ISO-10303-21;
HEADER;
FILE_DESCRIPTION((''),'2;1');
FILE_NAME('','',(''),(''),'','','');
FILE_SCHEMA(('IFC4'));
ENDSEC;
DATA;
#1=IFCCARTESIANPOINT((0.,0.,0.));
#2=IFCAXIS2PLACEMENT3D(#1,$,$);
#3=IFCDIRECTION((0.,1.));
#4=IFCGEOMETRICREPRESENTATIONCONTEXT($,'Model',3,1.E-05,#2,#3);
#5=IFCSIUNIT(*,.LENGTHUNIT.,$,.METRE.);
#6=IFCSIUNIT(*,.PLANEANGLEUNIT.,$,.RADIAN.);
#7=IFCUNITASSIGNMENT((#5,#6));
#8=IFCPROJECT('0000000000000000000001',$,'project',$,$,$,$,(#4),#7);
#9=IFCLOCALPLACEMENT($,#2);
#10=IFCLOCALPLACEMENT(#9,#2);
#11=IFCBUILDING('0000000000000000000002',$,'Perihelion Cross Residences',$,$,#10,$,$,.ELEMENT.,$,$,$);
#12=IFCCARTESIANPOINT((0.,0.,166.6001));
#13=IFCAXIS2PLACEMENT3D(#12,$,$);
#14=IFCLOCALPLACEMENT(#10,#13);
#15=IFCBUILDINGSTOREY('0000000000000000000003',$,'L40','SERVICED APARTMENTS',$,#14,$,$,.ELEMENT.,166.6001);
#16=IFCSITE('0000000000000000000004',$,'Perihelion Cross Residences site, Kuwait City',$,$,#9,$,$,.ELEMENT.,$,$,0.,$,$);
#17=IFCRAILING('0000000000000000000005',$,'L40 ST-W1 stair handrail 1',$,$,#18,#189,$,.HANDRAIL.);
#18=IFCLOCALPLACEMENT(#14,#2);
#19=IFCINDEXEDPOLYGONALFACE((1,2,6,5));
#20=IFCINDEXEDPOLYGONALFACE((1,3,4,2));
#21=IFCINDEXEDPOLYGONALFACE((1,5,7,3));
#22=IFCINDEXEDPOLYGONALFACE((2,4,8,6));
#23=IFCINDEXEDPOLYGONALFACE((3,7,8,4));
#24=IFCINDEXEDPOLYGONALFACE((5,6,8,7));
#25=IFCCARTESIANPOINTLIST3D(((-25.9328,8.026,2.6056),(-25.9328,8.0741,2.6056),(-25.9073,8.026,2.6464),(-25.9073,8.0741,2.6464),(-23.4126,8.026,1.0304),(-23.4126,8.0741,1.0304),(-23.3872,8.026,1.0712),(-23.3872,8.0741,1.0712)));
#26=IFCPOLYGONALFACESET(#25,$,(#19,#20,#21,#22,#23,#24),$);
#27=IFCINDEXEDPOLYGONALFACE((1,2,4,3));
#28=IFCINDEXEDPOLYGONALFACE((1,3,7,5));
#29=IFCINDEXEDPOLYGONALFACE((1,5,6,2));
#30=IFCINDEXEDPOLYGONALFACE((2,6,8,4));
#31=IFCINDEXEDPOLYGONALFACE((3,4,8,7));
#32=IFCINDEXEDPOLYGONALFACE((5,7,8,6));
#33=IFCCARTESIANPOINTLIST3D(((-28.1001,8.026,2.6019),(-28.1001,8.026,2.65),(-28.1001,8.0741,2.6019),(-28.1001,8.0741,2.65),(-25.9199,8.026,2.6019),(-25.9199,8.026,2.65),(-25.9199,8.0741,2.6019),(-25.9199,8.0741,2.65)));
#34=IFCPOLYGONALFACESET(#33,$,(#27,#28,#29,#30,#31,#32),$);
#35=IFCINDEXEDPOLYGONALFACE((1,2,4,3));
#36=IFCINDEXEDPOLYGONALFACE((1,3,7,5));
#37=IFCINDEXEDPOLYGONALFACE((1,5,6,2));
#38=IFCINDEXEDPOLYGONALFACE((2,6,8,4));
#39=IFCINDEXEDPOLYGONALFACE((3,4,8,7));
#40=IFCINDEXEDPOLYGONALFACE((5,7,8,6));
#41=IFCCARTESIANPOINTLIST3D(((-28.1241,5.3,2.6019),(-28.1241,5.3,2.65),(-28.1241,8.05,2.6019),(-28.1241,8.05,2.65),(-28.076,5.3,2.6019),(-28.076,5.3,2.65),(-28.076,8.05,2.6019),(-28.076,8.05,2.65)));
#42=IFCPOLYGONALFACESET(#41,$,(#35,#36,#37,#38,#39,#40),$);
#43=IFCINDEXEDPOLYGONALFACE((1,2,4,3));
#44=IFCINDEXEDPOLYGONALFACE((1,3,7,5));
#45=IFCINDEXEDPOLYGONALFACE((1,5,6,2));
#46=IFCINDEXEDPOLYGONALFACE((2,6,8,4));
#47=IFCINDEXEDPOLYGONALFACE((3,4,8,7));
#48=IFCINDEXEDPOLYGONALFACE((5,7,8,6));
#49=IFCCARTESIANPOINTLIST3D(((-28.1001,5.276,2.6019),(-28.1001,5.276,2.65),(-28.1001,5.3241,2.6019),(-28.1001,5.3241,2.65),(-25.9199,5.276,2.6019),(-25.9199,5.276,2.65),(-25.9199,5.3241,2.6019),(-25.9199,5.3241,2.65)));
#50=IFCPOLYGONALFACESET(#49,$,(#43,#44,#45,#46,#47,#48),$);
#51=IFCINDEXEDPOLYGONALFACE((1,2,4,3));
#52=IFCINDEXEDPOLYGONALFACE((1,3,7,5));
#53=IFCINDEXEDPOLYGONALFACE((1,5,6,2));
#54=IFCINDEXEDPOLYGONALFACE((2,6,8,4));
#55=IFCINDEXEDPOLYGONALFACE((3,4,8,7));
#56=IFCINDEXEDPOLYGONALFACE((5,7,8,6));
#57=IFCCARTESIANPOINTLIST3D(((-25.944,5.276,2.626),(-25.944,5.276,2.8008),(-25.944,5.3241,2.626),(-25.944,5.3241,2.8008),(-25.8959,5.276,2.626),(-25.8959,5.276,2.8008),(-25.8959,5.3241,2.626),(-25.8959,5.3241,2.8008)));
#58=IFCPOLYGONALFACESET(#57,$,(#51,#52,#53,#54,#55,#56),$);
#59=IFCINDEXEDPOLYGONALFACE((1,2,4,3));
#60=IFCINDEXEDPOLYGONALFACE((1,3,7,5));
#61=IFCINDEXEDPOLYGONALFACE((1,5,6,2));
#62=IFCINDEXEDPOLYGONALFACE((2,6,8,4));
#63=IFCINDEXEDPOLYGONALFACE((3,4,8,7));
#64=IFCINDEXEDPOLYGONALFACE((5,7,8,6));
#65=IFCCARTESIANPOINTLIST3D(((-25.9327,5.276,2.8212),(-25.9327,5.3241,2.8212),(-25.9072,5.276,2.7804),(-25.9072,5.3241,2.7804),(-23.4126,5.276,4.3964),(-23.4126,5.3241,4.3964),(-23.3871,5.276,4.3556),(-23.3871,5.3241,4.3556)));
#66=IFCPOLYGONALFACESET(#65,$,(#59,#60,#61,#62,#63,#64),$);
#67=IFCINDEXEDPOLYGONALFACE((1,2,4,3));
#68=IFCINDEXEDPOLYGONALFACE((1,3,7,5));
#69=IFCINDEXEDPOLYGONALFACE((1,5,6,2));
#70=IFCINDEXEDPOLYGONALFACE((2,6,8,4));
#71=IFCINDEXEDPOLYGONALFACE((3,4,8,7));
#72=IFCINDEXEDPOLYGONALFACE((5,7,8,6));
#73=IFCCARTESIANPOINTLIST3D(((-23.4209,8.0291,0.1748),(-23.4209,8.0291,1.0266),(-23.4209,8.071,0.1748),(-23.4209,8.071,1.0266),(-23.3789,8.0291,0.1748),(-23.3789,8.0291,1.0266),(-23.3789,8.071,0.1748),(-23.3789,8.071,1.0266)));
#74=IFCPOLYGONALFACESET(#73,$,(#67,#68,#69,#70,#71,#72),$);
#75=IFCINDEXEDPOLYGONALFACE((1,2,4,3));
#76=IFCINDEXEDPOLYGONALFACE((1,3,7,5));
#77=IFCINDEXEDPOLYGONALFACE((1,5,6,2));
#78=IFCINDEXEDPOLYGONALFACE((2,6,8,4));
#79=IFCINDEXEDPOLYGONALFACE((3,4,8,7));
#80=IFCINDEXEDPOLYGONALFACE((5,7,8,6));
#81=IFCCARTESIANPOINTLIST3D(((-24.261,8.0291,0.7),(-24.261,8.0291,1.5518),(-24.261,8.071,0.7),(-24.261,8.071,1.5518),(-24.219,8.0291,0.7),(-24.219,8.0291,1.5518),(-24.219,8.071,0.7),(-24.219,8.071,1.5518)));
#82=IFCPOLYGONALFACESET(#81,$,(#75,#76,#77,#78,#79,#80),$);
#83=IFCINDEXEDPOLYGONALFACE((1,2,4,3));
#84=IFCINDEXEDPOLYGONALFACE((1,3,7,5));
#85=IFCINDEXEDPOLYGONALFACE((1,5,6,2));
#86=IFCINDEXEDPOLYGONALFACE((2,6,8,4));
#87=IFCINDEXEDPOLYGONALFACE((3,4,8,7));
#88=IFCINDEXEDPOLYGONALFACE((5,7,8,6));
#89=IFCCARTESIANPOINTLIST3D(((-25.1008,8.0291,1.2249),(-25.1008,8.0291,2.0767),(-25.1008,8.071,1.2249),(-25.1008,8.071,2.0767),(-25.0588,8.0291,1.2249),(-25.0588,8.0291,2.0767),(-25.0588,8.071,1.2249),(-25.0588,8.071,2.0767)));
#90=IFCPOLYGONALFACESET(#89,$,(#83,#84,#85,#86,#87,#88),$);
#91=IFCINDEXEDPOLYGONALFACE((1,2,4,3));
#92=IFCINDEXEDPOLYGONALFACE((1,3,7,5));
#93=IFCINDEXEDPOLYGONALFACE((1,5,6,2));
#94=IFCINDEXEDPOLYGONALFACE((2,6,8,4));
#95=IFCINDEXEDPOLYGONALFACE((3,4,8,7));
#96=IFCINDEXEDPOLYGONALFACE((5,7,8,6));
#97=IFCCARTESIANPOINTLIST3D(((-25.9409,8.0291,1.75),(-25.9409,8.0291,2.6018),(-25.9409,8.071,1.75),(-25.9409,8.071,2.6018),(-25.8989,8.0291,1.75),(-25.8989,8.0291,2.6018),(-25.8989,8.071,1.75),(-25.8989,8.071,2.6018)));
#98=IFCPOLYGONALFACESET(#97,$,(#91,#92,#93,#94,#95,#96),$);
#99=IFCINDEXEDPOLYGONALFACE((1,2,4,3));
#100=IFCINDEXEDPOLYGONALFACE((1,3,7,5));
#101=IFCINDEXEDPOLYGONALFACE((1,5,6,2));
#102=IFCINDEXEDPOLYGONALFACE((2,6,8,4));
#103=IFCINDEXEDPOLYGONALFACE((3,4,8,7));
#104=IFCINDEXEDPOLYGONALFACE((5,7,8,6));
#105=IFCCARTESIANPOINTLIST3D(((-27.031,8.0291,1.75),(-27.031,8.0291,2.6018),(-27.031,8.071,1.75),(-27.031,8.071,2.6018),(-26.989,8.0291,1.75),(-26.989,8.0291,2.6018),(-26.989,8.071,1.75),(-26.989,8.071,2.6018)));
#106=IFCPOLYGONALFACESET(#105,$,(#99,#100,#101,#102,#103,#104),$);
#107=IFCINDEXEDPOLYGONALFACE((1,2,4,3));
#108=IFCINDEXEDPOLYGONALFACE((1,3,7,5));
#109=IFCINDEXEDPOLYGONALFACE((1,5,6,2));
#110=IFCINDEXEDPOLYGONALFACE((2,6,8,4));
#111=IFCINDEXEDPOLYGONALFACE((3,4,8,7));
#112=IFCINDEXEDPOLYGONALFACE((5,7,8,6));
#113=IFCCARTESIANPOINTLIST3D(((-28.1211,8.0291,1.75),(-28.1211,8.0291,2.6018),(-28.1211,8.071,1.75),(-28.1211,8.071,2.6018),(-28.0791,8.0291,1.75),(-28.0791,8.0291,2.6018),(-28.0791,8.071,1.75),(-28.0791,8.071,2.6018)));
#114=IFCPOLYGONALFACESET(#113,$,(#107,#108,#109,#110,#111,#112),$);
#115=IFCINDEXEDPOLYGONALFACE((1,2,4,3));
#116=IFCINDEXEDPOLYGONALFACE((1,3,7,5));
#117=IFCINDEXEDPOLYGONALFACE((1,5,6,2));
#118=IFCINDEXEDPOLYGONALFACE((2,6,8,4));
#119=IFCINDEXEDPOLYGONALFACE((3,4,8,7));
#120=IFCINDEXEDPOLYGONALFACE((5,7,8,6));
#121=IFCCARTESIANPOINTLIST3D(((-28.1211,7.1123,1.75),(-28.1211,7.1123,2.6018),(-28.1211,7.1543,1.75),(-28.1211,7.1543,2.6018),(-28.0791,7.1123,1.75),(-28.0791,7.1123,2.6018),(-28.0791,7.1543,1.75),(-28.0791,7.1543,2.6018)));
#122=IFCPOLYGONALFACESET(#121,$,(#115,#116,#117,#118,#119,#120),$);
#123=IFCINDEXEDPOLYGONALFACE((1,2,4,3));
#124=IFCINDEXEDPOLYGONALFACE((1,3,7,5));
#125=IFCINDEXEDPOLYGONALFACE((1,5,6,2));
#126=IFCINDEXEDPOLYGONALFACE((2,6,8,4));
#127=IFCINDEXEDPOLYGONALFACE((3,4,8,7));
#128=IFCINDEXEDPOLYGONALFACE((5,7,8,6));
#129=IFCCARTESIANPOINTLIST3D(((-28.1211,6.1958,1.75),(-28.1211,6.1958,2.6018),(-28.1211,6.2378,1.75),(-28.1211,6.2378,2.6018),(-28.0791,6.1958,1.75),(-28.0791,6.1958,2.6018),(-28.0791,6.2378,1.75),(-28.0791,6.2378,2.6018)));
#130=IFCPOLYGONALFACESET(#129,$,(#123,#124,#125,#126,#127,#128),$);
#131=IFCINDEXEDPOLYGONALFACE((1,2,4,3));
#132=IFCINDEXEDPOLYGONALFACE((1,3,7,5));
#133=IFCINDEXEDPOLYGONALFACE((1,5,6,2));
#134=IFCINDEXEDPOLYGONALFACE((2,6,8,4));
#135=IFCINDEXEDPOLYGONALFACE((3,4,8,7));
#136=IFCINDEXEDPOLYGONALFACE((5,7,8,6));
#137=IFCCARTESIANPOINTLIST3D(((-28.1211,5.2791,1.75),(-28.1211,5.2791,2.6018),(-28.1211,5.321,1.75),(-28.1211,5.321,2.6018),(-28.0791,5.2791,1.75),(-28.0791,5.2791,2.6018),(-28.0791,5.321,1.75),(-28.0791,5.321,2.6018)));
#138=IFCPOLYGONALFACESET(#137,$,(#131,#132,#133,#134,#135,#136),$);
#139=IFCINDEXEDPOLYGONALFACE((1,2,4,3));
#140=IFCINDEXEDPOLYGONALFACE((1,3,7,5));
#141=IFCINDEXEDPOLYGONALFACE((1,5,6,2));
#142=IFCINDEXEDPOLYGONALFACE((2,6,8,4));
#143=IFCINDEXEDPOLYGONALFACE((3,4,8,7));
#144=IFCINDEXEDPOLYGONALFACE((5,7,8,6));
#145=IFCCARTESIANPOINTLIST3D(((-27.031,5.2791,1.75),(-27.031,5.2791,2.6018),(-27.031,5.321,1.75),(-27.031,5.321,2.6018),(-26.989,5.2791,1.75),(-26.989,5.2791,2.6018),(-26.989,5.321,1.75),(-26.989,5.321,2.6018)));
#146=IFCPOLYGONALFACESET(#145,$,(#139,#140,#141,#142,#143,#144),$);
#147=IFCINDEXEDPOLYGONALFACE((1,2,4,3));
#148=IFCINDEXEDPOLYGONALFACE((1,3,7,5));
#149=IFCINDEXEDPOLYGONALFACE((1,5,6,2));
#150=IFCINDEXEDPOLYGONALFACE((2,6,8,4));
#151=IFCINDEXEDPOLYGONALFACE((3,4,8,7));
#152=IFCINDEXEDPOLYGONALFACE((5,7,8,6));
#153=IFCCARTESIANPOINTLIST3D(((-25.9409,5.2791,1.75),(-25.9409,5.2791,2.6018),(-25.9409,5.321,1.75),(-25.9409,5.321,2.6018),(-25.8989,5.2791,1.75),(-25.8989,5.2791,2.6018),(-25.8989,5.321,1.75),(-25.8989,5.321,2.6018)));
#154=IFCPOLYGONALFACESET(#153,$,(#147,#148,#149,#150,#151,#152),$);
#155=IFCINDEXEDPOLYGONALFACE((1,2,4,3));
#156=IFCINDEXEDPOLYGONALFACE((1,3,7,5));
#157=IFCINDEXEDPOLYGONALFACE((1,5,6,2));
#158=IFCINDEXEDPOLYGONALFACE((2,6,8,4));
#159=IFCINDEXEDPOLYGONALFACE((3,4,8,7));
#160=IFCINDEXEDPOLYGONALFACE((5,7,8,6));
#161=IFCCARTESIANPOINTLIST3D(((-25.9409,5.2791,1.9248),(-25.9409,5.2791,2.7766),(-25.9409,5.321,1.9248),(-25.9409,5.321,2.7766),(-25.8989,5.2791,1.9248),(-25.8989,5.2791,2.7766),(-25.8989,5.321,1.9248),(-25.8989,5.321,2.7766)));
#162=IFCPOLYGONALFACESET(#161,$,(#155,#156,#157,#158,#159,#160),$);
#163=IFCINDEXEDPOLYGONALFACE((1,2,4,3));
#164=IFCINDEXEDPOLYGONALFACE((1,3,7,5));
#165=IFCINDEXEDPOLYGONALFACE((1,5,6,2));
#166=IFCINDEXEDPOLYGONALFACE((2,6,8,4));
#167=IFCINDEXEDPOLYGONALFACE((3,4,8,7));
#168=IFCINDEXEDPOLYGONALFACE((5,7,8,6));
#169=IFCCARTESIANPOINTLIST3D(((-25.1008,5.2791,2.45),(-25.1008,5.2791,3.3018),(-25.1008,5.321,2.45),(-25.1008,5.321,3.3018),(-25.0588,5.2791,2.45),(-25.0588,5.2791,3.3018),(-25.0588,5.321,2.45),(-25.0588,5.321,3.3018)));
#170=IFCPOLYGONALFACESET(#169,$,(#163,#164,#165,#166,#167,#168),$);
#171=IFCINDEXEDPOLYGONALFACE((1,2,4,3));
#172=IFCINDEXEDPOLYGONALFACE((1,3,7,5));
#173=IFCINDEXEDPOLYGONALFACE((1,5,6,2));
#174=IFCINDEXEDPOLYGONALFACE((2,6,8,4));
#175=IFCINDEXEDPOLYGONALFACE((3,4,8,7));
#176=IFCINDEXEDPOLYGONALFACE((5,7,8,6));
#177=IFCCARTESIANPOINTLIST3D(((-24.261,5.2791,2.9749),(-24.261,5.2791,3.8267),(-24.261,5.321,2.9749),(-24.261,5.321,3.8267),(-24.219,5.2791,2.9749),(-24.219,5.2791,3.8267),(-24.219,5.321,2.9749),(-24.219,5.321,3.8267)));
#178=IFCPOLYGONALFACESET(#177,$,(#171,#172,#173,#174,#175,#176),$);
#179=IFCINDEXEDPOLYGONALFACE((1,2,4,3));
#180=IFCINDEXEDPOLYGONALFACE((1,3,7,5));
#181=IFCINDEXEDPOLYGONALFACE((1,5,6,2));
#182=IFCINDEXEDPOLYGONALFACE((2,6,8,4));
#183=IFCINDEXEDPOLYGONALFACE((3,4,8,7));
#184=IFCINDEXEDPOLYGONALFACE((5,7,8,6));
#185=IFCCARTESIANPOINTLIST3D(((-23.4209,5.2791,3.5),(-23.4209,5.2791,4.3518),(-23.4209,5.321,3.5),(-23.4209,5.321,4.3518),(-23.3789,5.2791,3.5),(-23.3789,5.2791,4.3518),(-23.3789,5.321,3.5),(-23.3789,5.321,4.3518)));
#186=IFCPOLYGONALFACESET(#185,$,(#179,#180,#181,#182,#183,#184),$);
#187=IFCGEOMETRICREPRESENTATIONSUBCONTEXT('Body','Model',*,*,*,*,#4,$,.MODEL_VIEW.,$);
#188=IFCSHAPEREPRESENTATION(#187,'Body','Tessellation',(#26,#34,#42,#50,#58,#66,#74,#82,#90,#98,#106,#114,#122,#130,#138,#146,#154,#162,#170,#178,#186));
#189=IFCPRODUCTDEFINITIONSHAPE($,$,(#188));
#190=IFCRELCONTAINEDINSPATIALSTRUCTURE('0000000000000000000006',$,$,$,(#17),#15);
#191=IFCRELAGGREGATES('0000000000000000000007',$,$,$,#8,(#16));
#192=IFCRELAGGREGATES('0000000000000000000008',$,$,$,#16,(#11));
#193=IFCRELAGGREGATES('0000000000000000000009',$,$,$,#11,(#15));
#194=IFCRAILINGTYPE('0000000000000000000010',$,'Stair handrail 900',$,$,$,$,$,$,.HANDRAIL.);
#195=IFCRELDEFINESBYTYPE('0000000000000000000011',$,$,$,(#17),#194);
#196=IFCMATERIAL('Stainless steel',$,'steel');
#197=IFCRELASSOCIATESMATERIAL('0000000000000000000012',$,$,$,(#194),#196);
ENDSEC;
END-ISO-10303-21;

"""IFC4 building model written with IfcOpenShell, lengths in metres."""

from ifc_helpers import new_model, si_unit, direction, frame, origin, origin_2d, place, context, subcontext, project, spatial, rectangle, extrude, material, type_object, element, save


model = new_model("IFC4")

# Units and contexts
model_context = context("Model", 3, precision=1e-05, world=origin(), true_north=direction((0.0, 1.0)))
body_context = subcontext(model_context, "Body", "Model", "MODEL_VIEW")
ifc_project = project(units=[si_unit("LENGTHUNIT", "METRE"), si_unit("PLANEANGLEUNIT", "RADIAN")], contexts=[model_context])

# Site, building, storey
site_placement = place(None, origin())
site = spatial("IfcSite", under=ifc_project, at=site_placement, Name="Perihelion Cross Residences site, Kuwait City", CompositionType="ELEMENT", RefElevation=0.0)
building_placement = place(site_placement, origin())
building = spatial("IfcBuilding", under=site, at=building_placement, Name="Perihelion Cross Residences", CompositionType="ELEMENT")
storey_placement = place(building_placement, frame((0.0, 0.0, 166.6001)))
storey = spatial("IfcBuildingStorey", under=building, at=storey_placement, Name="L40", Description="SERVICED APARTMENTS", CompositionType="ELEMENT", Elevation=166.6001)

# Railing
ifc_material_1 = material(Name="Stainless steel", Category="steel")
railing_type_1 = type_object("IfcRailingType", Name="Stair handrail 900", PredefinedType="HANDRAIL", material=ifc_material_1)
railing_1_placement = place(storey_placement, frame((-23.3999, 8.05, 0.1748)))
element("IfcRailing", 1, at=railing_1_placement, inside=storey, type_object=railing_type_1, Name="L40 ST-W1 stair handrail 1", PredefinedType="HANDRAIL", context=body_context, shape_type="SweptSolid", body=[
    extrude(rectangle(XDim=0.0481, YDim=0.0481, at=origin_2d()), frame((0.0, 0.0, 0.876), z_axis=(-0.847971, 0.0, 0.530043), x_axis=(0.0, -1.0, 0.0)), (0.0, 0.0, 1.0), 2.9719),
    extrude(rectangle(XDim=0.0481, YDim=0.0481, at=origin_2d()), frame((-2.52, 0.0, 2.4512), z_axis=(-1.0, 0.0, 0.0), x_axis=(0.0, -1.0, 0.0)), (0.0, 0.0, 1.0), 2.1802),
    extrude(rectangle(XDim=0.0481, YDim=0.0481, at=origin_2d()), frame((-4.7002, 0.0, 2.4512), z_axis=(0.0, -1.0, 0.0), x_axis=(1.0, 0.0, 0.0)), (0.0, 0.0, 1.0), 2.75),
    extrude(rectangle(XDim=0.0481, YDim=0.0481, at=origin_2d()), frame((-4.7002, -2.75, 2.4512), z_axis=(1.0, 0.0, 0.0), x_axis=(0.0, 1.0, 0.0)), (0.0, 0.0, 1.0), 2.1802),
    extrude(rectangle(XDim=0.0481, YDim=0.0481, at=origin_2d()), frame((-2.52, -2.75, 2.4512), z_axis=(0.0, 0.0, 1.0), x_axis=(1.0, 0.0, 0.0)), (0.0, 0.0, 1.0), 0.1748),
    extrude(rectangle(XDim=0.0481, YDim=0.0481, at=origin_2d()), frame((-2.52, -2.75, 2.626), z_axis=(0.847971, 0.0, 0.530043), x_axis=(0.0, 1.0, 0.0)), (0.0, 0.0, 1.0), 2.9719),
    extrude(rectangle(XDim=0.042, YDim=0.042, at=origin_2d()), origin(), (0.0, 0.0, 1.0), 0.8518),
    extrude(rectangle(XDim=0.042, YDim=0.042, at=origin_2d()), frame((-0.8401, 0.0, 0.5251)), (0.0, 0.0, 1.0), 0.8518),
    extrude(rectangle(XDim=0.042, YDim=0.042, at=origin_2d()), frame((-1.6799, 0.0, 1.05)), (0.0, 0.0, 1.0), 0.8518),
    extrude(rectangle(XDim=0.042, YDim=0.042, at=origin_2d()), frame((-2.52, 0.0, 1.5752)), (0.0, 0.0, 1.0), 0.8518),
    extrude(rectangle(XDim=0.042, YDim=0.042, at=origin_2d()), frame((-3.6101, 0.0, 1.5752)), (0.0, 0.0, 1.0), 0.8518),
    extrude(rectangle(XDim=0.042, YDim=0.042, at=origin_2d()), frame((-4.7002, 0.0, 1.5752)), (0.0, 0.0, 1.0), 0.8518),
    extrude(rectangle(XDim=0.042, YDim=0.042, at=origin_2d()), frame((-4.7002, -0.9167, 1.5752)), (0.0, 0.0, 1.0), 0.8518),
    extrude(rectangle(XDim=0.042, YDim=0.042, at=origin_2d()), frame((-4.7002, -1.8333, 1.5752)), (0.0, 0.0, 1.0), 0.8518),
    extrude(rectangle(XDim=0.042, YDim=0.042, at=origin_2d()), frame((-4.7002, -2.75, 1.5752)), (0.0, 0.0, 1.0), 0.8518),
    extrude(rectangle(XDim=0.042, YDim=0.042, at=origin_2d()), frame((-3.6101, -2.75, 1.5752)), (0.0, 0.0, 1.0), 0.8518),
    extrude(rectangle(XDim=0.042, YDim=0.042, at=origin_2d()), frame((-2.52, -2.75, 1.5752)), (0.0, 0.0, 1.0), 0.8518),
    extrude(rectangle(XDim=0.042, YDim=0.042, at=origin_2d()), frame((-2.52, -2.75, 1.75)), (0.0, 0.0, 1.0), 0.8518),
    extrude(rectangle(XDim=0.042, YDim=0.042, at=origin_2d()), frame((-1.6799, -2.75, 2.2751)), (0.0, 0.0, 1.0), 0.8518),
    extrude(rectangle(XDim=0.042, YDim=0.042, at=origin_2d()), frame((-0.8401, -2.75, 2.8)), (0.0, 0.0, 1.0), 0.8518),
    extrude(rectangle(XDim=0.042, YDim=0.042, at=origin_2d()), frame((0.0, -2.75, 3.3252)), (0.0, 0.0, 1.0), 0.8518),
])

save(model, "model.ifc")
